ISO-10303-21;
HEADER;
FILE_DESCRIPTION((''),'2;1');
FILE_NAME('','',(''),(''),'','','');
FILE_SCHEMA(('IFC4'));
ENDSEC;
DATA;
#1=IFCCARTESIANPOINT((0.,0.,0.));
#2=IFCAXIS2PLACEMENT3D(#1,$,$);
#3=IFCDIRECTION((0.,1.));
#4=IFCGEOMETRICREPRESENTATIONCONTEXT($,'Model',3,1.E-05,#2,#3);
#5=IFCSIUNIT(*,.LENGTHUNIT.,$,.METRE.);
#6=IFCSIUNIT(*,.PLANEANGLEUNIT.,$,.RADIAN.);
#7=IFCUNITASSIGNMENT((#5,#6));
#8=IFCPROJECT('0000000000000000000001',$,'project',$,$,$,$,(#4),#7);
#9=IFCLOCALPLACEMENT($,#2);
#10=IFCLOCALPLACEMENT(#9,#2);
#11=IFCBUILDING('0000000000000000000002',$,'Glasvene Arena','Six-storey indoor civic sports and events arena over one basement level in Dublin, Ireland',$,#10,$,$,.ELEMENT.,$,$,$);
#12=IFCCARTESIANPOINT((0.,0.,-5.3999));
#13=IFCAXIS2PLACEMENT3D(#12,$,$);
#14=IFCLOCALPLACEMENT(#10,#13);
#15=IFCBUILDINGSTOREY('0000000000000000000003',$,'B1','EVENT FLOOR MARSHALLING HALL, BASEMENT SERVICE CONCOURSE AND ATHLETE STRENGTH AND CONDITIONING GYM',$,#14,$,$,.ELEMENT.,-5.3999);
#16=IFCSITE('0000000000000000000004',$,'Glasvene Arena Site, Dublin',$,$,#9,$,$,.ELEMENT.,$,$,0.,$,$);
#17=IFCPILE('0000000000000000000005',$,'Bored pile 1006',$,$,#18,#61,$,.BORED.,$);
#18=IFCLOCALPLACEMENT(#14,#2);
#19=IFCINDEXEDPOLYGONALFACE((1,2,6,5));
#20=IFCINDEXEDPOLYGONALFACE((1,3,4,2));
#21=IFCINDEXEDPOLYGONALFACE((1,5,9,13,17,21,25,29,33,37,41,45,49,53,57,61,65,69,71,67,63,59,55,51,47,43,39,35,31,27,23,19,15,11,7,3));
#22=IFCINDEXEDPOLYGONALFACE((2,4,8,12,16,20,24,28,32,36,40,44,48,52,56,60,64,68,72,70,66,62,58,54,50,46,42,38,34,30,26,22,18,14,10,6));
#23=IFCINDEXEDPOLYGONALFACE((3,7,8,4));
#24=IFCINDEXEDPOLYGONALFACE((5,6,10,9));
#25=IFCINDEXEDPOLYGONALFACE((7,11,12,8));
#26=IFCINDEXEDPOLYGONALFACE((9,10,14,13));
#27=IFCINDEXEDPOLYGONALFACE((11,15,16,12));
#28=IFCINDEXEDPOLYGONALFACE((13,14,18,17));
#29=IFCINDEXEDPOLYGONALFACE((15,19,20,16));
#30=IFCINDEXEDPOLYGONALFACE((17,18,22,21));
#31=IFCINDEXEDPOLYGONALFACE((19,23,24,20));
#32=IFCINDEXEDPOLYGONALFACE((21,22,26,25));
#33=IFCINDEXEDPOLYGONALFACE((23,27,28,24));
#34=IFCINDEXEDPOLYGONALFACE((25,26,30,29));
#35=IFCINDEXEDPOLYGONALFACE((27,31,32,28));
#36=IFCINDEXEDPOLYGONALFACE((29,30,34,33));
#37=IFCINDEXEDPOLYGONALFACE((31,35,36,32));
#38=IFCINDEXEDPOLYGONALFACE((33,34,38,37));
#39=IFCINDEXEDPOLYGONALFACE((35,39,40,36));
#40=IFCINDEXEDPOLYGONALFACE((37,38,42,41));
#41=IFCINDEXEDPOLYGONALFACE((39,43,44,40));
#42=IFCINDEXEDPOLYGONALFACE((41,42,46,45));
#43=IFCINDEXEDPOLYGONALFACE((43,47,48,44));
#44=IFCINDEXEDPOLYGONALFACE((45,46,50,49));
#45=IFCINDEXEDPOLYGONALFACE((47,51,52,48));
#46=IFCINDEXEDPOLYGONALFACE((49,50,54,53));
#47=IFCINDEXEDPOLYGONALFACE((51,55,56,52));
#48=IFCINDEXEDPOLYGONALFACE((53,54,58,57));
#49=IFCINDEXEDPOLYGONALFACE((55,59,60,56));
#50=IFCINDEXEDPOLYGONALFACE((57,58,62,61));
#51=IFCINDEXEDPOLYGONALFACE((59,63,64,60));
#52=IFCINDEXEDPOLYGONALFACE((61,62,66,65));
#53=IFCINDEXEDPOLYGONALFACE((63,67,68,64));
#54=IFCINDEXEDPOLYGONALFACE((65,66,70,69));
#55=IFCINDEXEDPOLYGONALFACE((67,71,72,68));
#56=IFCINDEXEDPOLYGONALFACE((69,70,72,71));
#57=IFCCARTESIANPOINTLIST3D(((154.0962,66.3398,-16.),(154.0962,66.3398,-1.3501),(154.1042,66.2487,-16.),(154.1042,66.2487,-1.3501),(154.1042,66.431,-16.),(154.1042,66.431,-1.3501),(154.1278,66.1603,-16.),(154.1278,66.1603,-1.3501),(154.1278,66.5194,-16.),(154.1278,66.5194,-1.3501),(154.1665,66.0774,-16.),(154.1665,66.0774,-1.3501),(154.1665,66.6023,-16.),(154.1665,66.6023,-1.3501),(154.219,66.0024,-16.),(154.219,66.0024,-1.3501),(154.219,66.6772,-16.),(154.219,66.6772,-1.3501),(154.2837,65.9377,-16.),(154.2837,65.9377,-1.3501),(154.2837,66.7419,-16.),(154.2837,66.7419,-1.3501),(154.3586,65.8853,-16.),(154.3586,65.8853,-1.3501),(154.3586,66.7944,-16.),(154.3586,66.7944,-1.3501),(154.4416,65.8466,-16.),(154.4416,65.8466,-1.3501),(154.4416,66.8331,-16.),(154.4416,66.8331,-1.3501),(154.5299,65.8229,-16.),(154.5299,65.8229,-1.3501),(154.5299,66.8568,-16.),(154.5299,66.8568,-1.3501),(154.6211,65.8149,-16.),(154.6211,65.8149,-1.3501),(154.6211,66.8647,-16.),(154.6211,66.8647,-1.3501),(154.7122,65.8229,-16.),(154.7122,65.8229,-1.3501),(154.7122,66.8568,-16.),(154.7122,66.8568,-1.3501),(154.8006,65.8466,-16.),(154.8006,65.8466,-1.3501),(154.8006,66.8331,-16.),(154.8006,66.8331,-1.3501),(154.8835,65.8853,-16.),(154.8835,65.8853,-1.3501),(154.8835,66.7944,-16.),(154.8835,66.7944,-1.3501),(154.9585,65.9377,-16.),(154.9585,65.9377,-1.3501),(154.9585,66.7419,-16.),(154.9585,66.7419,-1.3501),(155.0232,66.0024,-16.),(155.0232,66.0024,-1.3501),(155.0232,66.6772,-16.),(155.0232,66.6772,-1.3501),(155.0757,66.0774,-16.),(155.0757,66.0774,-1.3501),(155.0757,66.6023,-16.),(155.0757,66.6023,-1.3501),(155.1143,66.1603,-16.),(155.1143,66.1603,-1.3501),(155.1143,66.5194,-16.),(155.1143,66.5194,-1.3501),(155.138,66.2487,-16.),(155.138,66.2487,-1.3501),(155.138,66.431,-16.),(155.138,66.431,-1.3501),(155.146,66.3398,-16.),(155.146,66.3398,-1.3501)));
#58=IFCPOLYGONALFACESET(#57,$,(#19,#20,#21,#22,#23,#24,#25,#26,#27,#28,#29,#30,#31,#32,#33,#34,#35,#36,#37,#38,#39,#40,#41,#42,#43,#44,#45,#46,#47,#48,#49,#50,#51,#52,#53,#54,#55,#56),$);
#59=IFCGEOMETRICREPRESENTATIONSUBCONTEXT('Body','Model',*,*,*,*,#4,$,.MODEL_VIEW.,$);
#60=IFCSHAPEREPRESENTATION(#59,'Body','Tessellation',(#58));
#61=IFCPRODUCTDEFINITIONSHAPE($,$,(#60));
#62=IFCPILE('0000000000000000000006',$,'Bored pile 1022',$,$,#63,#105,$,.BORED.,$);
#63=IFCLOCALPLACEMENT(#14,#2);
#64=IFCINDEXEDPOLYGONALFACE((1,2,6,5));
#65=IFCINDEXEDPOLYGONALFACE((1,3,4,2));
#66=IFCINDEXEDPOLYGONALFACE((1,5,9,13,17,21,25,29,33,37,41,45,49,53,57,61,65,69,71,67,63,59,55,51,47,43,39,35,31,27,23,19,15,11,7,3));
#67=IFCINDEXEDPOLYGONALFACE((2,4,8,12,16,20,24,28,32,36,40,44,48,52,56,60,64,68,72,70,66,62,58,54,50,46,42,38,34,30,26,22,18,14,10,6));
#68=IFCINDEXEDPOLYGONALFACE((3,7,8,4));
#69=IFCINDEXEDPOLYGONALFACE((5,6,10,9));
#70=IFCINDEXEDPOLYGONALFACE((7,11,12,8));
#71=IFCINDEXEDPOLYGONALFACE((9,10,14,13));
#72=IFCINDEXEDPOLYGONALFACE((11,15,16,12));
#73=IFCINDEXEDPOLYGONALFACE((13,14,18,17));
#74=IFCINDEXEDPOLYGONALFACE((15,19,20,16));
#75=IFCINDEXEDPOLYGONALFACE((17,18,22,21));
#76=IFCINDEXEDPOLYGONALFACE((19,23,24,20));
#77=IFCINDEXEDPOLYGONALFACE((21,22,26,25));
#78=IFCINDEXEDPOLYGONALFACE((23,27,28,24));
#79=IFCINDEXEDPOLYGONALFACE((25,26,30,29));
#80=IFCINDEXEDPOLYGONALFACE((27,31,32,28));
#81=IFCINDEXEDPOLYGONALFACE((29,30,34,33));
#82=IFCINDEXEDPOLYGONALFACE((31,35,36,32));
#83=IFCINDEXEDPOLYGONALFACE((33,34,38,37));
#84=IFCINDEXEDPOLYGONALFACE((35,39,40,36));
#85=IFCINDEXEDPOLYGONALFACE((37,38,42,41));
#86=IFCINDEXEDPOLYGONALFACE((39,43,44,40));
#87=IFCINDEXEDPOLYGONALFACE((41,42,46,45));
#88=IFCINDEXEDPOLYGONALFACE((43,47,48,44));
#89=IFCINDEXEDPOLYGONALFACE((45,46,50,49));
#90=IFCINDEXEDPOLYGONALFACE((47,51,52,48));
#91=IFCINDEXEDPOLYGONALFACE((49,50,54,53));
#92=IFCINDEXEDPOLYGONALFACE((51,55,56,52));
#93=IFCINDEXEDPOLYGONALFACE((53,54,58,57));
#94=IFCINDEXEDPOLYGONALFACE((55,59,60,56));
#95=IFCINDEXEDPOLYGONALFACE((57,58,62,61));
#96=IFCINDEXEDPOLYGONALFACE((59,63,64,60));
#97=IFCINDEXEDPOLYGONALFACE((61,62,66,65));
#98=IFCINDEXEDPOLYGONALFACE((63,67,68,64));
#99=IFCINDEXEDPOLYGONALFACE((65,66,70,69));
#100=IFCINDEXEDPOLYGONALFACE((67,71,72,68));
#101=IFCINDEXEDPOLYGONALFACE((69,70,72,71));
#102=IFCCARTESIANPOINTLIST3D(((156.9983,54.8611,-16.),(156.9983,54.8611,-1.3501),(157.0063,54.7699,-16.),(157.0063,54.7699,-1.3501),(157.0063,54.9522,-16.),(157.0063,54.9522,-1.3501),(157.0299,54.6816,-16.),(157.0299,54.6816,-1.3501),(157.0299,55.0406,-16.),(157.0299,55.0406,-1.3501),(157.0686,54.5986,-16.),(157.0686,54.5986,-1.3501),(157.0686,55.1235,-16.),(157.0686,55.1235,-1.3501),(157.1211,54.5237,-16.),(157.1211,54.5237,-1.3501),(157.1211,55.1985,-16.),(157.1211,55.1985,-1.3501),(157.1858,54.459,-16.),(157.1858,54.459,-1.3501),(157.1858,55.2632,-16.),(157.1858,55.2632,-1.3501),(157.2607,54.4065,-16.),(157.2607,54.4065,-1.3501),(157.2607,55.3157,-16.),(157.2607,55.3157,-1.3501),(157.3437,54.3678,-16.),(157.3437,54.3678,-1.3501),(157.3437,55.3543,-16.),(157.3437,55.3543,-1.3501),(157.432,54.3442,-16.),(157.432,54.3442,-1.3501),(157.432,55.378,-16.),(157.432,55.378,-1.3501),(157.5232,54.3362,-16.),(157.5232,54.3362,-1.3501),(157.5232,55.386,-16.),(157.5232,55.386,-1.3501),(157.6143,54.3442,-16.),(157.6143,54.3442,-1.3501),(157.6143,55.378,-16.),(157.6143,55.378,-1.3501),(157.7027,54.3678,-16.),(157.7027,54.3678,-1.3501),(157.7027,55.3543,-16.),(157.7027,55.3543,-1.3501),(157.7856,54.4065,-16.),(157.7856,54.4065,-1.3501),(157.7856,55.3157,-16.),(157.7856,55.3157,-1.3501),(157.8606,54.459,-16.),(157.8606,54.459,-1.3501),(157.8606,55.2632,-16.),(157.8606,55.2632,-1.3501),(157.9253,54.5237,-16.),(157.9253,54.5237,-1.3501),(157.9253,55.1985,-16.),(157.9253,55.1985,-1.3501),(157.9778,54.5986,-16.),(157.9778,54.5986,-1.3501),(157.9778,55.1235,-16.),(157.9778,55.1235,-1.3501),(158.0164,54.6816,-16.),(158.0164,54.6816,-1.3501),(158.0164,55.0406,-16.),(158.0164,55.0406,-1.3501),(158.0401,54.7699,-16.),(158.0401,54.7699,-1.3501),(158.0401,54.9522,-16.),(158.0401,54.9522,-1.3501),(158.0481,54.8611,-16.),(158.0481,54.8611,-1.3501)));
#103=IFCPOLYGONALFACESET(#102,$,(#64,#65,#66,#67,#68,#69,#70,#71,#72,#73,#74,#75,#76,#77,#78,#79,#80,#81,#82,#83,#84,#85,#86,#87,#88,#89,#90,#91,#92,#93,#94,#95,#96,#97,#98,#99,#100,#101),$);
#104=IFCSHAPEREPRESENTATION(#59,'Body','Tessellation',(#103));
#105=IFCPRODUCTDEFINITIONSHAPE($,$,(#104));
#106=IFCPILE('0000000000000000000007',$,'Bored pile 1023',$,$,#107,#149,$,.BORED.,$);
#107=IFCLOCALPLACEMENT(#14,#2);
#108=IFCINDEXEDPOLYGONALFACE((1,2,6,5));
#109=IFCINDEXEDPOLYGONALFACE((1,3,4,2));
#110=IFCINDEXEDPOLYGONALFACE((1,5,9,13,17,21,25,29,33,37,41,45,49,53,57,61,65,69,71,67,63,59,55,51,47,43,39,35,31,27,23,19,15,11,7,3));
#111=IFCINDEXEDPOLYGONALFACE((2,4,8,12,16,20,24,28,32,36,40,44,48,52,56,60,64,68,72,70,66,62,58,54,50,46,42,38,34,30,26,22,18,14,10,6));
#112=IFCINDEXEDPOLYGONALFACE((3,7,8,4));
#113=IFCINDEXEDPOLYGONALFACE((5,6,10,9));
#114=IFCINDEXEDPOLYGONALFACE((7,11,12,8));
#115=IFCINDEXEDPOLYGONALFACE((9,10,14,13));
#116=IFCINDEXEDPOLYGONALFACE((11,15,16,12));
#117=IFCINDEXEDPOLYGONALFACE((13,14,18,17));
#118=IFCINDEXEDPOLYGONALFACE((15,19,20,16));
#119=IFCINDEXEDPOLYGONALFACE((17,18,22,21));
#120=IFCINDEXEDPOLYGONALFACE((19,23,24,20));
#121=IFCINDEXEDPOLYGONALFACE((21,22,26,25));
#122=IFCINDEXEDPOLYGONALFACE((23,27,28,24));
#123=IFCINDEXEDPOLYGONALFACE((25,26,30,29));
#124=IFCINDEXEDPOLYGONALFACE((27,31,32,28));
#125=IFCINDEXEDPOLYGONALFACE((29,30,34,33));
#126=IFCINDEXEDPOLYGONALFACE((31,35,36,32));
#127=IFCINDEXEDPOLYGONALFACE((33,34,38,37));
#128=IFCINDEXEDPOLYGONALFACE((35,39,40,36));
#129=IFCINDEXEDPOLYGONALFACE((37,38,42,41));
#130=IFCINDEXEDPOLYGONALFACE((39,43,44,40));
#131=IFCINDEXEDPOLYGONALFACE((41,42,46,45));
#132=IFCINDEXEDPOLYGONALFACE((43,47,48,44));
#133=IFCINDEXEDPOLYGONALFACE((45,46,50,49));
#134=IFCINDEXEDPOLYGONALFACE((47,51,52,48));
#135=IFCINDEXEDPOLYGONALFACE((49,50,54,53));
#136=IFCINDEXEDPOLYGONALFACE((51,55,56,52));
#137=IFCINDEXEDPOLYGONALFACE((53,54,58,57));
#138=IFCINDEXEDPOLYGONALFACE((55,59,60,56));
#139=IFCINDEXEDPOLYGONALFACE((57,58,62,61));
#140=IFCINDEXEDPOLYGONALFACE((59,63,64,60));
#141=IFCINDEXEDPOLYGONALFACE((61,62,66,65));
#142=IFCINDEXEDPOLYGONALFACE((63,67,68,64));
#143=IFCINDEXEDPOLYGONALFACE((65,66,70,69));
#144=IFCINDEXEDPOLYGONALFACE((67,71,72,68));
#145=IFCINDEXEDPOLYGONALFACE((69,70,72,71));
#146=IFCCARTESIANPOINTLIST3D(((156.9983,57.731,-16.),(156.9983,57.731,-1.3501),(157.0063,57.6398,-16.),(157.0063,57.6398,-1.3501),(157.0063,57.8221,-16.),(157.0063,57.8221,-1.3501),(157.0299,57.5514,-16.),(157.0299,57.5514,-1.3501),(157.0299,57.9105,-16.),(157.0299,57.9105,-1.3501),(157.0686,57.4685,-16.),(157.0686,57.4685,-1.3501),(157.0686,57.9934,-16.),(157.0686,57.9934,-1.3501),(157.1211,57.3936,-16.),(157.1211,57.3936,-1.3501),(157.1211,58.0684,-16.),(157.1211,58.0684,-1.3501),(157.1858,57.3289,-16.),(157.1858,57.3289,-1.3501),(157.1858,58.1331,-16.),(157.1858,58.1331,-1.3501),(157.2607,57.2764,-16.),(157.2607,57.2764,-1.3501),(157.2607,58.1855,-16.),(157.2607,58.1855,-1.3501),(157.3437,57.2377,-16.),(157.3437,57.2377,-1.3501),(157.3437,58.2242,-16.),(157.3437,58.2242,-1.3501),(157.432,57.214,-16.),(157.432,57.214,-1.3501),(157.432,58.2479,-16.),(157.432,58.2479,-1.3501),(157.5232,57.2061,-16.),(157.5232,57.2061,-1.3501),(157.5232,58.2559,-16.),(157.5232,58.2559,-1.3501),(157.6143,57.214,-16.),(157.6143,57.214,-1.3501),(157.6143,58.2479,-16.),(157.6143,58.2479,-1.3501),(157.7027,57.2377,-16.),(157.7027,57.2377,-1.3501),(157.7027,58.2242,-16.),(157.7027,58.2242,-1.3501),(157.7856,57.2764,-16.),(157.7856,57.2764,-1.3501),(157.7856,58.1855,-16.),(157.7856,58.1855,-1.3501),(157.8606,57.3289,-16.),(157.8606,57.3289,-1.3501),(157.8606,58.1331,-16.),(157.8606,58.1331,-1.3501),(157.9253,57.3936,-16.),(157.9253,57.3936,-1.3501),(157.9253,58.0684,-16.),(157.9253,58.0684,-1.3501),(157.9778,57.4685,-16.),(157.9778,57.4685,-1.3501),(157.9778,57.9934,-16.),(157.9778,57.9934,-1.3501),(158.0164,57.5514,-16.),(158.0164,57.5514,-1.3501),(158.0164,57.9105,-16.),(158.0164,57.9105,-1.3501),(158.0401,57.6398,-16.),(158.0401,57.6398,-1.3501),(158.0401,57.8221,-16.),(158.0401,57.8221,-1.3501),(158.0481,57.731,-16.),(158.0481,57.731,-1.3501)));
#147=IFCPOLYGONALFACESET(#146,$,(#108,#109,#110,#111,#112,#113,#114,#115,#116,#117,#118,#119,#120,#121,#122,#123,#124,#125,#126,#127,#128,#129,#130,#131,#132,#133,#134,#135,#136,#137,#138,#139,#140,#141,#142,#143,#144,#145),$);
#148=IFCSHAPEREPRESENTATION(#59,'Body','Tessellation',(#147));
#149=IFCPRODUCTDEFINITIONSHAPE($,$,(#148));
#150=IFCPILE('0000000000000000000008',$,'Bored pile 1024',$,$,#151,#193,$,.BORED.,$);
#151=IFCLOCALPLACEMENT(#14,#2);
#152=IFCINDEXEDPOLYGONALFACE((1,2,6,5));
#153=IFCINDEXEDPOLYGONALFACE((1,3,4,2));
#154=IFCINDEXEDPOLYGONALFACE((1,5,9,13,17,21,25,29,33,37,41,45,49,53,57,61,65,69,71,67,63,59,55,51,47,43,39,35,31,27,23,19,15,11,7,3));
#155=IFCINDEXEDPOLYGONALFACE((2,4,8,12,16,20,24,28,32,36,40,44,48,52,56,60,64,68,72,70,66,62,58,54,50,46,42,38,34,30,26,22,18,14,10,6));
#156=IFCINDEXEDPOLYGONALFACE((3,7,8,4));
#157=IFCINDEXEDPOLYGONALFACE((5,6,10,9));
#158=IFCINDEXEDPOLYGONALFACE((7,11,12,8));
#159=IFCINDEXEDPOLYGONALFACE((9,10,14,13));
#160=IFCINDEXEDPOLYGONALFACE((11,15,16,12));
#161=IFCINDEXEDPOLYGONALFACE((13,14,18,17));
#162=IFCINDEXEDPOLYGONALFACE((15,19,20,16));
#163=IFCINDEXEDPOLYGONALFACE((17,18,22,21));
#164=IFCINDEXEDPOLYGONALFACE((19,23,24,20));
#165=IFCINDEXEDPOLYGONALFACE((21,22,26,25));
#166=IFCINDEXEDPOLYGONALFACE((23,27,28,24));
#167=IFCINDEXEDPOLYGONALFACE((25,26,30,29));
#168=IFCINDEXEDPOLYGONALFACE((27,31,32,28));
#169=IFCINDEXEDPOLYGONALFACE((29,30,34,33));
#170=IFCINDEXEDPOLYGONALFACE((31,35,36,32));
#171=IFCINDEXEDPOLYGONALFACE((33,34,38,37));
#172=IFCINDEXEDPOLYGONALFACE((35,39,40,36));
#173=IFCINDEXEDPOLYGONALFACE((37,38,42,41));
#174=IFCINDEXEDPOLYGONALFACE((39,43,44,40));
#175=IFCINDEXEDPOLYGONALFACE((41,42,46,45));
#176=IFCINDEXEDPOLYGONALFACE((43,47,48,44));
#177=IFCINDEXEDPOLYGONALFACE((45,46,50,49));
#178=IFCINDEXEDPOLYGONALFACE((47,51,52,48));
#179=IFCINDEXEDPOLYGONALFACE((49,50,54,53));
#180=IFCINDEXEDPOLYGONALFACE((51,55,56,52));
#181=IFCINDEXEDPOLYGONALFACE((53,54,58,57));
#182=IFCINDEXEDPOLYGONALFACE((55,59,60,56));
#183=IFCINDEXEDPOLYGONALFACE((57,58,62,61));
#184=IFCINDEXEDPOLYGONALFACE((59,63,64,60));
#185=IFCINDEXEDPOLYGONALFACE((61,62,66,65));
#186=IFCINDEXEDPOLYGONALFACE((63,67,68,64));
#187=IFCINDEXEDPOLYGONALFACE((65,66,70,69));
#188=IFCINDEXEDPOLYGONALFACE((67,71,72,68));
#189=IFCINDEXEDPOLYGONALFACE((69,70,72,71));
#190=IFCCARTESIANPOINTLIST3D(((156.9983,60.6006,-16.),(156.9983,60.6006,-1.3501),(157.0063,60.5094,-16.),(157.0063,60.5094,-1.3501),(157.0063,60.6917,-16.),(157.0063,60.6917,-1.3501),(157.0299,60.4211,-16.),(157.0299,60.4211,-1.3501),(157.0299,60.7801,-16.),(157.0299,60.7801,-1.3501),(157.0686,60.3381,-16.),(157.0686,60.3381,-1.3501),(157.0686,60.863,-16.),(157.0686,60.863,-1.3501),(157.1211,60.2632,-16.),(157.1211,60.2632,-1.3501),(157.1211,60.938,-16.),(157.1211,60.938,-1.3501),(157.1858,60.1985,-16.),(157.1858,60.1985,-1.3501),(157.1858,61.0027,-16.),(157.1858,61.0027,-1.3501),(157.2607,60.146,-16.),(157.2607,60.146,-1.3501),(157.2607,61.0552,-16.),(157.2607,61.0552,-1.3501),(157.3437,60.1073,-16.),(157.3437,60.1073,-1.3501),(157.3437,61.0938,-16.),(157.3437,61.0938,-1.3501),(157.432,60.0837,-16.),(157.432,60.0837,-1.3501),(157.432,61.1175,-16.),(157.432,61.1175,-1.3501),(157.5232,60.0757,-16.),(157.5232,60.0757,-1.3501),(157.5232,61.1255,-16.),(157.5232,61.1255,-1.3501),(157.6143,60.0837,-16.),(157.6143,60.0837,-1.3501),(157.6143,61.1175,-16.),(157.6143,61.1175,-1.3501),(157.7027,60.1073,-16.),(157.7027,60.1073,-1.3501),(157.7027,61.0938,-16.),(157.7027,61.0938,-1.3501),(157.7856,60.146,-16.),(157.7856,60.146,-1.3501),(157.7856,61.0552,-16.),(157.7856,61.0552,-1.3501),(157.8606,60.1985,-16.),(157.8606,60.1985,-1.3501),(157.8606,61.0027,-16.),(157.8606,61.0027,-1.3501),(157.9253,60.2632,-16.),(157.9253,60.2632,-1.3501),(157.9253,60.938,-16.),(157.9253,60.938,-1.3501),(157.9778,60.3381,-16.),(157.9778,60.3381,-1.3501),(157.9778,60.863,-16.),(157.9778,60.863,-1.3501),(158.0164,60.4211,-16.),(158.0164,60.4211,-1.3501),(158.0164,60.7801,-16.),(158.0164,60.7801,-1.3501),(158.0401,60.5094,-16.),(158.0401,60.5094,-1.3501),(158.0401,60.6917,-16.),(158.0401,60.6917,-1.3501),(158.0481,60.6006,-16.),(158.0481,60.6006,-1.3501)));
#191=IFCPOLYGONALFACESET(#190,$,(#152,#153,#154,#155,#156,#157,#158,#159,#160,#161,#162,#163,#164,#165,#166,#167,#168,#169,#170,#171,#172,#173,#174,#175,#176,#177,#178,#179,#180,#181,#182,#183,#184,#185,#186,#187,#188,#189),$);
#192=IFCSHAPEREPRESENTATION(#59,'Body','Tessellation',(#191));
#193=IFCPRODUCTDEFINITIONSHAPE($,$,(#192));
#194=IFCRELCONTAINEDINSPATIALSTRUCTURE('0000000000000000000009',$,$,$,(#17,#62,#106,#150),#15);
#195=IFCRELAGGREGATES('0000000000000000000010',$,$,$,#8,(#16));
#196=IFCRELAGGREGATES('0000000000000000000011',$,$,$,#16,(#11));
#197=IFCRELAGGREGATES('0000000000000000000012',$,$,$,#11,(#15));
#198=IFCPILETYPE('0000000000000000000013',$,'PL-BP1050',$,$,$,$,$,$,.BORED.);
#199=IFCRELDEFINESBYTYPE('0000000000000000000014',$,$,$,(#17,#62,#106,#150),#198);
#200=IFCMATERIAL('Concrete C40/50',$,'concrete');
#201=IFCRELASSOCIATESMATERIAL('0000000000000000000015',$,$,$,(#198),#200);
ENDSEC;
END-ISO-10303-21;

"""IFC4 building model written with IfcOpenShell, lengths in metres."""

from ifc_helpers import new_model, si_unit, direction, frame, origin, origin_2d, place, context, subcontext, project, spatial, circle, extrude, material, material_profile, profile_set, type_object, element, save


model = new_model("IFC4")

# Units and contexts
model_context = context("Model", 3, precision=1e-05, world=origin(), true_north=direction((0.0, 1.0)))
body_context = subcontext(model_context, "Body", "Model", "MODEL_VIEW")
ifc_project = project(units=[si_unit("LENGTHUNIT", "METRE"), si_unit("PLANEANGLEUNIT", "RADIAN")], contexts=[model_context])

# Site, building, storey
site_placement = place(None, origin())
site = spatial("IfcSite", under=ifc_project, at=site_placement, Name="Glasvene Arena Site, Dublin", CompositionType="ELEMENT", RefElevation=0.0)
building_placement = place(site_placement, origin())
building = spatial("IfcBuilding", under=site, at=building_placement, Name="Glasvene Arena", Description="Six-storey indoor civic sports and events arena over one basement level in Dublin, Ireland", CompositionType="ELEMENT")
storey_placement = place(building_placement, frame((0.0, 0.0, -5.3999)))
storey = spatial("IfcBuildingStorey", under=building, at=storey_placement, Name="B1", Description="EVENT FLOOR MARSHALLING HALL, BASEMENT SERVICE CONCOURSE AND ATHLETE STRENGTH AND CONDITIONING GYM", CompositionType="ELEMENT", Elevation=-5.3999)

# Piles
ifc_material_1 = material(Name="Concrete C40/50", Category="concrete")
ifc_material_profile_1 = material_profile(ifc_material_1, circle(Radius=0.5249, at=origin_2d()), Name="BORED PILE 1050")
ifc_profile_set_1 = profile_set([ifc_material_profile_1], Name="Concrete C40/50")
pile_type = type_object("IfcPileType", Name="PL-BP1050", PredefinedType="BORED", material=ifc_profile_set_1)
for number, where, z_axis, x_axis, name in (
    (1, (154.6211, 66.3398, -1.3501), (0.0, 0.0, -1.0), (1.0, 0.0, 0.0), "Bored pile 1006"),
    (2, (157.5232, 54.8611, -1.3501), (0.0, 0.0, -1.0), (1.0, 0.0, 0.0), "Bored pile 1022"),
    (3, (157.5232, 57.731, -1.3501), (0.0, 0.0, -1.0), (1.0, 0.0, 0.0), "Bored pile 1023"),
    (4, (157.5232, 60.6006, -1.3501), (0.0, 0.0, -1.0), (1.0, 0.0, 0.0), "Bored pile 1024"),
):
    element("IfcPile", number, at=place(storey_placement, frame(where, z_axis=z_axis, x_axis=x_axis)), inside=storey, type_object=pile_type, Name=name, PredefinedType="BORED", context=body_context, shape_type="SweptSolid", body=[
        extrude(circle(Radius=0.5249, at=origin_2d()), origin(), (0.0, 0.0, 1.0), 14.6499),
    ])

save(model, "model.ifc")
